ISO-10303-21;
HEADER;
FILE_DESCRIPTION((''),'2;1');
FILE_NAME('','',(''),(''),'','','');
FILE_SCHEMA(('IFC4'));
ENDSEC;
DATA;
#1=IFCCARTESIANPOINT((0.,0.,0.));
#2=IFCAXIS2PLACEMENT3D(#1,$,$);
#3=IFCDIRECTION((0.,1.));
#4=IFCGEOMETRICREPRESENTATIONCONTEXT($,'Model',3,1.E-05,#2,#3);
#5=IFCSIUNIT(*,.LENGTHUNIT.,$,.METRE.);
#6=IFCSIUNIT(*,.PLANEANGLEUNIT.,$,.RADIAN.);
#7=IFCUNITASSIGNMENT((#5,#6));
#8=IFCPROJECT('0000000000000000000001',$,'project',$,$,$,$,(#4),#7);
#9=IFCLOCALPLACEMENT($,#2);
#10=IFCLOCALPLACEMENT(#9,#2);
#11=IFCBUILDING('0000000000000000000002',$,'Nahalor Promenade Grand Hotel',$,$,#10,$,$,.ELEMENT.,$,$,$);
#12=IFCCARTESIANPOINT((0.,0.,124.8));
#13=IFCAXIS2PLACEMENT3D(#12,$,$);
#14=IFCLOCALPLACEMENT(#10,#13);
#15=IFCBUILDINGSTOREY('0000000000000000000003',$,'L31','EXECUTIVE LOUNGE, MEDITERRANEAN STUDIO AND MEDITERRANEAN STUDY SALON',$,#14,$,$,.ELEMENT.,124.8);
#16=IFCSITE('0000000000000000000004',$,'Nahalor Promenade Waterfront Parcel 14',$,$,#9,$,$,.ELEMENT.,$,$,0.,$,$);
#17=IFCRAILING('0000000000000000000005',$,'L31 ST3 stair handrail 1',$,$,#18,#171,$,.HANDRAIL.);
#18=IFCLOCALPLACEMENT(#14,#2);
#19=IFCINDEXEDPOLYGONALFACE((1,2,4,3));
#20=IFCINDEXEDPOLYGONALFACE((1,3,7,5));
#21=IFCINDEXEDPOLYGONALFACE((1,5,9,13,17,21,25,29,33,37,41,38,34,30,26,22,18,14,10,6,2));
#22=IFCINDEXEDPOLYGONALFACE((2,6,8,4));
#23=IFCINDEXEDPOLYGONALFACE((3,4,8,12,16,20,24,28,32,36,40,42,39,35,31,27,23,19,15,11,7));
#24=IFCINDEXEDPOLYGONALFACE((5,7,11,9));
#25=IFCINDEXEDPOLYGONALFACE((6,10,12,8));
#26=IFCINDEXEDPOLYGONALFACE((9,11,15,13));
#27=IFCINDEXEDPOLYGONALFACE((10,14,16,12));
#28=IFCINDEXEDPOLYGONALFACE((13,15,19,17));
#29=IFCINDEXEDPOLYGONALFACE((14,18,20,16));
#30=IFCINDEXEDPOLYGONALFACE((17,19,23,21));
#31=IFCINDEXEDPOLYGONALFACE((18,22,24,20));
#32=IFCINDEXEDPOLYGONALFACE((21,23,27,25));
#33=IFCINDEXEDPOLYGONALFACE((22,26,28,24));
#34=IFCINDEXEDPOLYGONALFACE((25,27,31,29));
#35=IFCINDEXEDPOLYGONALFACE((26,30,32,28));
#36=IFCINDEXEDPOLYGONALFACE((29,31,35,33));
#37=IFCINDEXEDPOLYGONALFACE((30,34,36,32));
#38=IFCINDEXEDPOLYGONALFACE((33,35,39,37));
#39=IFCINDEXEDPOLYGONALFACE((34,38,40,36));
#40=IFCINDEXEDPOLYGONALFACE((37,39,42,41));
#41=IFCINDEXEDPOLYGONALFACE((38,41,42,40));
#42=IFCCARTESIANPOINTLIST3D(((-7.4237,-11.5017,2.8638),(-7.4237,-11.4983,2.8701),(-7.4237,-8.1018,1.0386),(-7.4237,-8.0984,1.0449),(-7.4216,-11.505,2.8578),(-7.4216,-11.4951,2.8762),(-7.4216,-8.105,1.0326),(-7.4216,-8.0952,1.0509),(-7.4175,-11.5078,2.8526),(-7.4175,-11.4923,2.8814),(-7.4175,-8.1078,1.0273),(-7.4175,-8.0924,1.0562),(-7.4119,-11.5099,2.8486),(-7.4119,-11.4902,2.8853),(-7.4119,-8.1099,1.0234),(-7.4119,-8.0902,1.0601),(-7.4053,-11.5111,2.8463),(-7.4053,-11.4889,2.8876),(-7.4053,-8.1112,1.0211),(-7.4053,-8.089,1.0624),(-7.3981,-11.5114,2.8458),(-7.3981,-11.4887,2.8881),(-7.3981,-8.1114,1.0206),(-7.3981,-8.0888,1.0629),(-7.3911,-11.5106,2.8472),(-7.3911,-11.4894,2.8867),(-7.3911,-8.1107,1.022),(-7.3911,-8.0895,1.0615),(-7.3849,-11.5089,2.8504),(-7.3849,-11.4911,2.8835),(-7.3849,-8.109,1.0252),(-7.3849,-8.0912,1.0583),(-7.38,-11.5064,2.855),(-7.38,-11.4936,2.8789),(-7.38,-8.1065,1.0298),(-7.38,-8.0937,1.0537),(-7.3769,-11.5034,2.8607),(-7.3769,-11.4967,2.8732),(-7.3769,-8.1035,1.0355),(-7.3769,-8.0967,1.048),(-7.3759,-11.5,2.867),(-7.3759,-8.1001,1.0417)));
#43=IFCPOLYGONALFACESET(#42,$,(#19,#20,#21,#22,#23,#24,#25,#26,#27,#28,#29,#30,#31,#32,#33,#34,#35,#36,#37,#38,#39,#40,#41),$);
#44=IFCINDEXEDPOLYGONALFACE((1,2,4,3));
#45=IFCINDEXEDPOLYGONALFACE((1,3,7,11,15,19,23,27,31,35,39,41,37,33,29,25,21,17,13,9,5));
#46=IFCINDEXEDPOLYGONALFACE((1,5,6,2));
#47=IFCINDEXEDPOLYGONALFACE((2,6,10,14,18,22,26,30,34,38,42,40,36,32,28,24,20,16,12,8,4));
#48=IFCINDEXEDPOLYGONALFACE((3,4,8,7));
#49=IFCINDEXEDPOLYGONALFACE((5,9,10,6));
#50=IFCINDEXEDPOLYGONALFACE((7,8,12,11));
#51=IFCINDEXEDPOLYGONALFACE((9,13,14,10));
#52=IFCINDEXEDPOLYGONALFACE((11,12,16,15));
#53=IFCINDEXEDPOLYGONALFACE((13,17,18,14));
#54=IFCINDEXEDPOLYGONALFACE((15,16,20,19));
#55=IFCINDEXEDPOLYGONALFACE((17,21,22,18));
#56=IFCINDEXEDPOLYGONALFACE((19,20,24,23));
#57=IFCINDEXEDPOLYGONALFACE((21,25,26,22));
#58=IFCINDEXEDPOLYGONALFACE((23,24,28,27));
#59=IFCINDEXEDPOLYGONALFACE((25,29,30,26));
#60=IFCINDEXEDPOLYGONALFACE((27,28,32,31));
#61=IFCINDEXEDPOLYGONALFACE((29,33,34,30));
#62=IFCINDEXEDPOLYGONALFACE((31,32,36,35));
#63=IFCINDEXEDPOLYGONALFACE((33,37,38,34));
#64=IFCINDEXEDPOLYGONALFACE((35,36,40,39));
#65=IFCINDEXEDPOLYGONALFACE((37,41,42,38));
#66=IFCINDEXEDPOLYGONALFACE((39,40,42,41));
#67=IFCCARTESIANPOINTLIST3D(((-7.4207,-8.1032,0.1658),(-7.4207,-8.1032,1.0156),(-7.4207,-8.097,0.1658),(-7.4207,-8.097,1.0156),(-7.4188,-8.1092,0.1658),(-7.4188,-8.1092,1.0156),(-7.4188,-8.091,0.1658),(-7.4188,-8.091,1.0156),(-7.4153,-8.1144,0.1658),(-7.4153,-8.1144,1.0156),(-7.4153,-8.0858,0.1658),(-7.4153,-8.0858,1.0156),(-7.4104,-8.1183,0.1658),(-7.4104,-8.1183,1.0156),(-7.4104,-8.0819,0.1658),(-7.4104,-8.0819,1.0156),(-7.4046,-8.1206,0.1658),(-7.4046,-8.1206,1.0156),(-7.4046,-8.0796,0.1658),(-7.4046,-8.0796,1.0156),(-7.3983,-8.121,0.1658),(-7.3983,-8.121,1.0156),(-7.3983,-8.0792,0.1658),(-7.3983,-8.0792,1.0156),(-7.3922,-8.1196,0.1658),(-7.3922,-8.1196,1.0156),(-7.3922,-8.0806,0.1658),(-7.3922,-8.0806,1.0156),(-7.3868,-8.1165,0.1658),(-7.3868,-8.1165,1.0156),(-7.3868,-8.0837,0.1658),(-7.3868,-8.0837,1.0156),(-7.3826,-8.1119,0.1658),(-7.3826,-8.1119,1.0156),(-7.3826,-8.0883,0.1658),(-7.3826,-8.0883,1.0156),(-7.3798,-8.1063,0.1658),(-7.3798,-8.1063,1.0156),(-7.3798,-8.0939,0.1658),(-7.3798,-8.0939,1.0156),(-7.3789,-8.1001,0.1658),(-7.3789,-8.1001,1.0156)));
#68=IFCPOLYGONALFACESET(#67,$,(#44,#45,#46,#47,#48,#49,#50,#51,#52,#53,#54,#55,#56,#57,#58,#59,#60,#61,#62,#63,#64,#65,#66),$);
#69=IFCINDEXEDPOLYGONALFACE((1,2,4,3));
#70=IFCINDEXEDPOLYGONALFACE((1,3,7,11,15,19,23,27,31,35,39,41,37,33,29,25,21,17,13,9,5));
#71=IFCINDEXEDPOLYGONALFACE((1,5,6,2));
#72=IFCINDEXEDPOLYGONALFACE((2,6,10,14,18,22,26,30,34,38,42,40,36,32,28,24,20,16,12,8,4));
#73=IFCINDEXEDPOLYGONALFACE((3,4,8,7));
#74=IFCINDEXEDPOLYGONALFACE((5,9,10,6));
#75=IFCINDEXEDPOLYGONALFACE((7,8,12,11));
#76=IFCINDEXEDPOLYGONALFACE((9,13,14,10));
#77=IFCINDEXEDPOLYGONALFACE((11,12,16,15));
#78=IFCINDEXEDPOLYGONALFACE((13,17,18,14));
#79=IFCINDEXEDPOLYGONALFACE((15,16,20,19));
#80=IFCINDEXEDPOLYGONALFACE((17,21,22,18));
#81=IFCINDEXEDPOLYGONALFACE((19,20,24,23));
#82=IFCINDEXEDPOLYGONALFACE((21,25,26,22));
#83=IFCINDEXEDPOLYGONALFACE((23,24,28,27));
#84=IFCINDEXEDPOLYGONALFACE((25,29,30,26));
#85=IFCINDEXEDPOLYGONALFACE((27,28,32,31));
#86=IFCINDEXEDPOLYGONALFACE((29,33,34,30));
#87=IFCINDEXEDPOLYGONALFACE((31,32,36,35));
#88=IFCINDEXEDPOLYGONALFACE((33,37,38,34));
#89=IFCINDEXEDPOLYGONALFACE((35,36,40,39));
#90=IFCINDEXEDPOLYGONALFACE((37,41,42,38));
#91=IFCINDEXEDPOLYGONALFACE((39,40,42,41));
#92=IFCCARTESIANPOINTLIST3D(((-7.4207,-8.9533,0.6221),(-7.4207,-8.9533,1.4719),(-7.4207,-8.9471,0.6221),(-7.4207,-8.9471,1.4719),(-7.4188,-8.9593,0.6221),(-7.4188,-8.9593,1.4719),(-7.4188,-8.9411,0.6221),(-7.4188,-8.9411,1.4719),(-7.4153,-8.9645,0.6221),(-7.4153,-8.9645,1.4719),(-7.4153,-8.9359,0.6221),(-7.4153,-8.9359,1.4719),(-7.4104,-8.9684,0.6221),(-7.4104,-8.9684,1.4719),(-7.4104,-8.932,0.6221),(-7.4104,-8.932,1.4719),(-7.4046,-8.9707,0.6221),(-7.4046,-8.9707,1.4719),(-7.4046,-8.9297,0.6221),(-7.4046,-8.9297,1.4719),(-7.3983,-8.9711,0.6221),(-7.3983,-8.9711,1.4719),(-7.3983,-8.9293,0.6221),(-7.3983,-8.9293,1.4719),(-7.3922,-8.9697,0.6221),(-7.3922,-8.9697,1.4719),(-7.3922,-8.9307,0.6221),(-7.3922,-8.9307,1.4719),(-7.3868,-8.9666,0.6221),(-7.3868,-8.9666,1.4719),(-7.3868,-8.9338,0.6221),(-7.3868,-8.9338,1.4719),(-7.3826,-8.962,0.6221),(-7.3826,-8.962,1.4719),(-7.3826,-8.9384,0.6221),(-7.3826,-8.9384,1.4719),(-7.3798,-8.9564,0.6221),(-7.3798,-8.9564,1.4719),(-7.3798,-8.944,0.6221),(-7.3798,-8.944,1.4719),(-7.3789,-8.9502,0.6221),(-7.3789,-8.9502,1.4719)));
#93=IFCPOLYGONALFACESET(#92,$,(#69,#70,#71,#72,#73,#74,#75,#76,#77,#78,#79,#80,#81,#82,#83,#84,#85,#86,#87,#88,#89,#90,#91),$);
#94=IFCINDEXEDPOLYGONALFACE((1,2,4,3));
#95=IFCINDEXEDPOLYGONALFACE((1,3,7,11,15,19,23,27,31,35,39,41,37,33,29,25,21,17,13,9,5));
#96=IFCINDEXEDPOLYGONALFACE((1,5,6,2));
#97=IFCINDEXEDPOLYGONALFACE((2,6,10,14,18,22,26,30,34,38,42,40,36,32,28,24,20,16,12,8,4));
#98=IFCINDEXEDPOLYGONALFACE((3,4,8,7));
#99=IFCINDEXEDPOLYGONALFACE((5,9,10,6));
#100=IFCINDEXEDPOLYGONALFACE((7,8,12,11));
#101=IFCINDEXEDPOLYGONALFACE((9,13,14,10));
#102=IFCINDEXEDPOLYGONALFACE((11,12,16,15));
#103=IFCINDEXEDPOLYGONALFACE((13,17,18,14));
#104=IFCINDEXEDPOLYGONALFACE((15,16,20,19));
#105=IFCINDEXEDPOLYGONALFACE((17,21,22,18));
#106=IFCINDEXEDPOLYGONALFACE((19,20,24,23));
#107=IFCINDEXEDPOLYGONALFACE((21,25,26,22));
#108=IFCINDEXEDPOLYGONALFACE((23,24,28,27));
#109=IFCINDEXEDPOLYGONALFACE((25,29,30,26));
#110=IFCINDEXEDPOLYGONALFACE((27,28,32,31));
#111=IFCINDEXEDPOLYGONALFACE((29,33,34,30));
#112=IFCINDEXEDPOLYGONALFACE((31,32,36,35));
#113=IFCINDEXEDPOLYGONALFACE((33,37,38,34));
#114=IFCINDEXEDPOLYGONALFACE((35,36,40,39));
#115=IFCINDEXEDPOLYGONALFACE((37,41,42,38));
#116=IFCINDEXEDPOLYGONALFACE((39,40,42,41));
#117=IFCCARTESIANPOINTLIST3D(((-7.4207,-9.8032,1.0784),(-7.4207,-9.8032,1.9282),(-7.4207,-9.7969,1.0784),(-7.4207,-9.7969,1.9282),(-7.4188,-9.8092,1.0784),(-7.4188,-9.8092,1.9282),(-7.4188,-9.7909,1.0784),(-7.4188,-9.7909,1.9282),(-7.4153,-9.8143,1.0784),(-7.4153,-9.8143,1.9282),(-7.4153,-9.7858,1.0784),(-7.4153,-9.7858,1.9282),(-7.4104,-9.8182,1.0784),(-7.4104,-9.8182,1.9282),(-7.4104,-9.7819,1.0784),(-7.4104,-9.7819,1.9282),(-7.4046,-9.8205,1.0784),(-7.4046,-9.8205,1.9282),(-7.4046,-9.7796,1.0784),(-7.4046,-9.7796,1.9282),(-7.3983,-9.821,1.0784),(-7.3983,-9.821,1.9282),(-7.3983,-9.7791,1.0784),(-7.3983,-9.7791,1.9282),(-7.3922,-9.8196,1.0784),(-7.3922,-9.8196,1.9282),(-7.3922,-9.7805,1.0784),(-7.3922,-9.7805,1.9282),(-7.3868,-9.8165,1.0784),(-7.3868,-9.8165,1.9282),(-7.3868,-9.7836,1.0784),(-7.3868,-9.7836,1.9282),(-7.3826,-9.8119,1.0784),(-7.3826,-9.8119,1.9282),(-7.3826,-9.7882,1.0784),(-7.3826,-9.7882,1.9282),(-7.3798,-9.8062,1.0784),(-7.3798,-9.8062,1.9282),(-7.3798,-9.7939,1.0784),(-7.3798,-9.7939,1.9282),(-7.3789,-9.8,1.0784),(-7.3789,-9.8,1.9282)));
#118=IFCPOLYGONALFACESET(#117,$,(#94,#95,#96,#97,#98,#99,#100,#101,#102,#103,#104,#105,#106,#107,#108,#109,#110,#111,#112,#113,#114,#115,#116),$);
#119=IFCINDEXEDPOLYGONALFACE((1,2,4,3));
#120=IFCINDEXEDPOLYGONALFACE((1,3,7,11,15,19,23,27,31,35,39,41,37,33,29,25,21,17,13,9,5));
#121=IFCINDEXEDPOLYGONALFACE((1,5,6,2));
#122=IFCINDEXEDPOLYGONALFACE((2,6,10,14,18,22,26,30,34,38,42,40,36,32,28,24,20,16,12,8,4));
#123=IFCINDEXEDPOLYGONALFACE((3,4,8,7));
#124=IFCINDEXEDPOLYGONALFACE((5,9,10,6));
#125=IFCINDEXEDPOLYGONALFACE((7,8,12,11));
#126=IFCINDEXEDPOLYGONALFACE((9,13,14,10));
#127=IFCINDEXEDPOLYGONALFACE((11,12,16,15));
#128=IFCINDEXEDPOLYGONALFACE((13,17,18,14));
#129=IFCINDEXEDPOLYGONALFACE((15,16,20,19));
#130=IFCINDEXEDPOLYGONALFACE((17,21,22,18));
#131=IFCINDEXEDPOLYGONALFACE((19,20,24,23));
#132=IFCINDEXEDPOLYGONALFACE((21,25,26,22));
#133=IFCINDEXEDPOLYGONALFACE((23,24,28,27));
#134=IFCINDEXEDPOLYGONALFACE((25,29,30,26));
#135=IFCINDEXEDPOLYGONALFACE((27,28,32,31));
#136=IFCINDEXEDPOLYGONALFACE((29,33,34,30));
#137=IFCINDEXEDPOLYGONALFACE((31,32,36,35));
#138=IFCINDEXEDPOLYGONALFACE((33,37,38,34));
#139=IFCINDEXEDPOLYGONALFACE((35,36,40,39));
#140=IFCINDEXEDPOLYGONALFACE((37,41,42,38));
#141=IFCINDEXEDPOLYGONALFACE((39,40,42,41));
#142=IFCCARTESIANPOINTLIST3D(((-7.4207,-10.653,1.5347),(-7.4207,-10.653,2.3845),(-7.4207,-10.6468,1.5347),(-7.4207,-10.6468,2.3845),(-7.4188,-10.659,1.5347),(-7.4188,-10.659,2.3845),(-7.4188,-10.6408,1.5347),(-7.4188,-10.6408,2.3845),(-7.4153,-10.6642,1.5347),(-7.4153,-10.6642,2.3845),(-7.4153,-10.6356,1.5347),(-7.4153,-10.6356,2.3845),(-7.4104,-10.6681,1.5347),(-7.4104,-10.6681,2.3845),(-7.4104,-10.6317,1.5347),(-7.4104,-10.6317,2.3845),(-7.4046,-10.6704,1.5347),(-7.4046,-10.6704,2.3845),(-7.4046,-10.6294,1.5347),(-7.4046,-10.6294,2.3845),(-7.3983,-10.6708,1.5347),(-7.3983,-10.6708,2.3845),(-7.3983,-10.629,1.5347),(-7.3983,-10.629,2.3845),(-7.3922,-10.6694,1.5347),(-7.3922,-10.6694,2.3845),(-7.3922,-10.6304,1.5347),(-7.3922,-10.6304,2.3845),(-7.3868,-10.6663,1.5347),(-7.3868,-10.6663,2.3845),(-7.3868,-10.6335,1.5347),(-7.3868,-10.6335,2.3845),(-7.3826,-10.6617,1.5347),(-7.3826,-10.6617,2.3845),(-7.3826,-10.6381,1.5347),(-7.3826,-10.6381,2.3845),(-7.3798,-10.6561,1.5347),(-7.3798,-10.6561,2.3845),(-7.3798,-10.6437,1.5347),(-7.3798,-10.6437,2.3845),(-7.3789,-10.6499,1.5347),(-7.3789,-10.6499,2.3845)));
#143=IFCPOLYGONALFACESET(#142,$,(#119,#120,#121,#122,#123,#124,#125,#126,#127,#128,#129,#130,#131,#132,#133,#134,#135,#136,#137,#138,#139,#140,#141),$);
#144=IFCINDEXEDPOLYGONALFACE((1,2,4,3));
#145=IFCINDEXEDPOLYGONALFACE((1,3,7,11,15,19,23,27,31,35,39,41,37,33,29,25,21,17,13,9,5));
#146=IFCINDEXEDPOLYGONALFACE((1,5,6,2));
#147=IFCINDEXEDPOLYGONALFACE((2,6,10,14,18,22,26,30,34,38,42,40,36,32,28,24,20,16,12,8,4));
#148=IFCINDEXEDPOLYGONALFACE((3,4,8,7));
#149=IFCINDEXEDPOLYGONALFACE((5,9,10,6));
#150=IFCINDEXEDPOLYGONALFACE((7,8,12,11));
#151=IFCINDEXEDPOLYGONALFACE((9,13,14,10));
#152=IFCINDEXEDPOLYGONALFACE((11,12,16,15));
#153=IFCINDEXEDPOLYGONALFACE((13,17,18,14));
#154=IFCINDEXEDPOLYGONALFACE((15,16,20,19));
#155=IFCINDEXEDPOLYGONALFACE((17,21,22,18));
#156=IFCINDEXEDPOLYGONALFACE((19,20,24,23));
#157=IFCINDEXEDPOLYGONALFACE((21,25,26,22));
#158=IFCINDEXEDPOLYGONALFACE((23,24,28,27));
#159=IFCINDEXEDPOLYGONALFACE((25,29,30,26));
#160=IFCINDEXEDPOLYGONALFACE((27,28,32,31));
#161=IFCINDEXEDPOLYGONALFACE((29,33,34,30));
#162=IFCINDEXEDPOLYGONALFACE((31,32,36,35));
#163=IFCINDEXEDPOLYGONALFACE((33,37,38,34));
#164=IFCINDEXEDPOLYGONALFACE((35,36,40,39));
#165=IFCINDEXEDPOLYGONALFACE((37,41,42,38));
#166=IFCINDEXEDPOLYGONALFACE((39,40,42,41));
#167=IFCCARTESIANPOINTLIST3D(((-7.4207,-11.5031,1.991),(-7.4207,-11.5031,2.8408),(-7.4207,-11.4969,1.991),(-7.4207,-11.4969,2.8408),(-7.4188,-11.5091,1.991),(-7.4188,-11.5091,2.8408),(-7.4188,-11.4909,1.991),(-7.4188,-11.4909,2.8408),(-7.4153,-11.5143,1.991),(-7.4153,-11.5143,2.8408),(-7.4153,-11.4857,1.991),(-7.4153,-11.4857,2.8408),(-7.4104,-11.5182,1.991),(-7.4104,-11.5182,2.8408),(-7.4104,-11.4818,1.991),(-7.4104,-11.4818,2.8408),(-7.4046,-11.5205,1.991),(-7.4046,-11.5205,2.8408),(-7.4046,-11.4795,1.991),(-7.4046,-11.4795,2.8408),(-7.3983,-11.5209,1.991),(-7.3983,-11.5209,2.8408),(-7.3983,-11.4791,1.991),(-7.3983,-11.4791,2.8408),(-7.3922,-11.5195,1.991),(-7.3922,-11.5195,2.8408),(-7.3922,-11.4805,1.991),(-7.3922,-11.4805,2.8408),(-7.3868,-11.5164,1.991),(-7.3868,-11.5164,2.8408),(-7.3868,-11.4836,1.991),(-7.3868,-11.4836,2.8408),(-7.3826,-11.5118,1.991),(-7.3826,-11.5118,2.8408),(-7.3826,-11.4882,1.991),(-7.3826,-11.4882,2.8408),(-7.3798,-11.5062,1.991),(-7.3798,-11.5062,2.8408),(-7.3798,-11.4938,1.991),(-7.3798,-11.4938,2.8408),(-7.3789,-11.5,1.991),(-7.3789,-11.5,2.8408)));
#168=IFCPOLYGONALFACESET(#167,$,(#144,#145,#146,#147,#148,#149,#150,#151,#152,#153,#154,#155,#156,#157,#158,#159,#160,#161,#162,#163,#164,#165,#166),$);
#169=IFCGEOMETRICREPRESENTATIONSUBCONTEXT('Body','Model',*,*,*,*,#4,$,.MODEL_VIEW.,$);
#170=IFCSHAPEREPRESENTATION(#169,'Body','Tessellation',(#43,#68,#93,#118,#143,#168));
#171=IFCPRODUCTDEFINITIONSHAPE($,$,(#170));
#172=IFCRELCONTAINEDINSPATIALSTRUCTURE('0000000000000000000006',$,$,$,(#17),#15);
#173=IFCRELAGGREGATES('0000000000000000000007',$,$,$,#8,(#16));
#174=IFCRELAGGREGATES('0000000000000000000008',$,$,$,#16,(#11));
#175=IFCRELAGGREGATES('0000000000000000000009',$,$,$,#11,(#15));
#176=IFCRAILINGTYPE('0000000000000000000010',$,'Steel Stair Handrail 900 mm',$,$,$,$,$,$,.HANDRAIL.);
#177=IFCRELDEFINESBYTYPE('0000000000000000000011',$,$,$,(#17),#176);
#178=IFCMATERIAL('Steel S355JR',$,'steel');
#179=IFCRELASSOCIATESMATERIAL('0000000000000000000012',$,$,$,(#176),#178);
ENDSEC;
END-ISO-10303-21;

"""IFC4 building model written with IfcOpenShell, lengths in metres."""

from ifc_helpers import new_model, si_unit, direction, frame, origin, origin_2d, place, context, subcontext, project, spatial, circle, extrude, material, type_object, element, save


model = new_model("IFC4")

# Units and contexts
model_context = context("Model", 3, precision=1e-05, world=origin(), true_north=direction((0.0, 1.0)))
body_context = subcontext(model_context, "Body", "Model", "MODEL_VIEW")
ifc_project = project(units=[si_unit("LENGTHUNIT", "METRE"), si_unit("PLANEANGLEUNIT", "RADIAN")], contexts=[model_context])

# Site, building, storey
site_placement = place(None, origin())
site = spatial("IfcSite", under=ifc_project, at=site_placement, Name="Nahalor Promenade Waterfront Parcel 14", CompositionType="ELEMENT", RefElevation=0.0)
building_placement = place(site_placement, origin())
building = spatial("IfcBuilding", under=site, at=building_placement, Name="Nahalor Promenade Grand Hotel", CompositionType="ELEMENT")
storey_placement = place(building_placement, frame((0.0, 0.0, 124.8)))
storey = spatial("IfcBuildingStorey", under=building, at=storey_placement, Name="L31", Description="EXECUTIVE LOUNGE, MEDITERRANEAN STUDIO AND MEDITERRANEAN STUDY SALON", CompositionType="ELEMENT", Elevation=124.8)

# Shared definitions
ifc_material_1 = material(Name="Steel S355JR", Category="steel")

# Railing
railing_type_1 = type_object("IfcRailingType", Name="Steel Stair Handrail 900 mm", PredefinedType="HANDRAIL", material=ifc_material_1)
railing_1_placement = place(storey_placement, frame((-7.3999, -8.1001, 0.1658)))
element("IfcRailing", 1, at=railing_1_placement, inside=storey, type_object=railing_type_1, Name="L31 ST3 stair handrail 1", PredefinedType="HANDRAIL", context=body_context, shape_type="SweptSolid", body=[
    extrude(circle(Radius=0.024, at=origin_2d()), frame((0.0, 0.0, 0.876), z_axis=(0.0, -0.881068, 0.47299), x_axis=(1.0, 0.0, 0.0)), (0.0, 0.0, 1.0), 3.8589),
    extrude(circle(Radius=0.021, at=origin_2d()), origin(), (0.0, 0.0, 1.0), 0.8499),
    extrude(circle(Radius=0.021, at=origin_2d()), frame((0.0, -0.8501, 0.4563)), (0.0, 0.0, 1.0), 0.8499),
    extrude(circle(Radius=0.021, at=origin_2d()), frame((0.0, -1.7, 0.9126)), (0.0, 0.0, 1.0), 0.8499),
    extrude(circle(Radius=0.021, at=origin_2d()), frame((0.0, -2.5498, 1.3689)), (0.0, 0.0, 1.0), 0.8499),
    extrude(circle(Radius=0.021, at=origin_2d()), frame((0.0, -3.3999, 1.8252)), (0.0, 0.0, 1.0), 0.8499),
])

save(model, "model.ifc")
